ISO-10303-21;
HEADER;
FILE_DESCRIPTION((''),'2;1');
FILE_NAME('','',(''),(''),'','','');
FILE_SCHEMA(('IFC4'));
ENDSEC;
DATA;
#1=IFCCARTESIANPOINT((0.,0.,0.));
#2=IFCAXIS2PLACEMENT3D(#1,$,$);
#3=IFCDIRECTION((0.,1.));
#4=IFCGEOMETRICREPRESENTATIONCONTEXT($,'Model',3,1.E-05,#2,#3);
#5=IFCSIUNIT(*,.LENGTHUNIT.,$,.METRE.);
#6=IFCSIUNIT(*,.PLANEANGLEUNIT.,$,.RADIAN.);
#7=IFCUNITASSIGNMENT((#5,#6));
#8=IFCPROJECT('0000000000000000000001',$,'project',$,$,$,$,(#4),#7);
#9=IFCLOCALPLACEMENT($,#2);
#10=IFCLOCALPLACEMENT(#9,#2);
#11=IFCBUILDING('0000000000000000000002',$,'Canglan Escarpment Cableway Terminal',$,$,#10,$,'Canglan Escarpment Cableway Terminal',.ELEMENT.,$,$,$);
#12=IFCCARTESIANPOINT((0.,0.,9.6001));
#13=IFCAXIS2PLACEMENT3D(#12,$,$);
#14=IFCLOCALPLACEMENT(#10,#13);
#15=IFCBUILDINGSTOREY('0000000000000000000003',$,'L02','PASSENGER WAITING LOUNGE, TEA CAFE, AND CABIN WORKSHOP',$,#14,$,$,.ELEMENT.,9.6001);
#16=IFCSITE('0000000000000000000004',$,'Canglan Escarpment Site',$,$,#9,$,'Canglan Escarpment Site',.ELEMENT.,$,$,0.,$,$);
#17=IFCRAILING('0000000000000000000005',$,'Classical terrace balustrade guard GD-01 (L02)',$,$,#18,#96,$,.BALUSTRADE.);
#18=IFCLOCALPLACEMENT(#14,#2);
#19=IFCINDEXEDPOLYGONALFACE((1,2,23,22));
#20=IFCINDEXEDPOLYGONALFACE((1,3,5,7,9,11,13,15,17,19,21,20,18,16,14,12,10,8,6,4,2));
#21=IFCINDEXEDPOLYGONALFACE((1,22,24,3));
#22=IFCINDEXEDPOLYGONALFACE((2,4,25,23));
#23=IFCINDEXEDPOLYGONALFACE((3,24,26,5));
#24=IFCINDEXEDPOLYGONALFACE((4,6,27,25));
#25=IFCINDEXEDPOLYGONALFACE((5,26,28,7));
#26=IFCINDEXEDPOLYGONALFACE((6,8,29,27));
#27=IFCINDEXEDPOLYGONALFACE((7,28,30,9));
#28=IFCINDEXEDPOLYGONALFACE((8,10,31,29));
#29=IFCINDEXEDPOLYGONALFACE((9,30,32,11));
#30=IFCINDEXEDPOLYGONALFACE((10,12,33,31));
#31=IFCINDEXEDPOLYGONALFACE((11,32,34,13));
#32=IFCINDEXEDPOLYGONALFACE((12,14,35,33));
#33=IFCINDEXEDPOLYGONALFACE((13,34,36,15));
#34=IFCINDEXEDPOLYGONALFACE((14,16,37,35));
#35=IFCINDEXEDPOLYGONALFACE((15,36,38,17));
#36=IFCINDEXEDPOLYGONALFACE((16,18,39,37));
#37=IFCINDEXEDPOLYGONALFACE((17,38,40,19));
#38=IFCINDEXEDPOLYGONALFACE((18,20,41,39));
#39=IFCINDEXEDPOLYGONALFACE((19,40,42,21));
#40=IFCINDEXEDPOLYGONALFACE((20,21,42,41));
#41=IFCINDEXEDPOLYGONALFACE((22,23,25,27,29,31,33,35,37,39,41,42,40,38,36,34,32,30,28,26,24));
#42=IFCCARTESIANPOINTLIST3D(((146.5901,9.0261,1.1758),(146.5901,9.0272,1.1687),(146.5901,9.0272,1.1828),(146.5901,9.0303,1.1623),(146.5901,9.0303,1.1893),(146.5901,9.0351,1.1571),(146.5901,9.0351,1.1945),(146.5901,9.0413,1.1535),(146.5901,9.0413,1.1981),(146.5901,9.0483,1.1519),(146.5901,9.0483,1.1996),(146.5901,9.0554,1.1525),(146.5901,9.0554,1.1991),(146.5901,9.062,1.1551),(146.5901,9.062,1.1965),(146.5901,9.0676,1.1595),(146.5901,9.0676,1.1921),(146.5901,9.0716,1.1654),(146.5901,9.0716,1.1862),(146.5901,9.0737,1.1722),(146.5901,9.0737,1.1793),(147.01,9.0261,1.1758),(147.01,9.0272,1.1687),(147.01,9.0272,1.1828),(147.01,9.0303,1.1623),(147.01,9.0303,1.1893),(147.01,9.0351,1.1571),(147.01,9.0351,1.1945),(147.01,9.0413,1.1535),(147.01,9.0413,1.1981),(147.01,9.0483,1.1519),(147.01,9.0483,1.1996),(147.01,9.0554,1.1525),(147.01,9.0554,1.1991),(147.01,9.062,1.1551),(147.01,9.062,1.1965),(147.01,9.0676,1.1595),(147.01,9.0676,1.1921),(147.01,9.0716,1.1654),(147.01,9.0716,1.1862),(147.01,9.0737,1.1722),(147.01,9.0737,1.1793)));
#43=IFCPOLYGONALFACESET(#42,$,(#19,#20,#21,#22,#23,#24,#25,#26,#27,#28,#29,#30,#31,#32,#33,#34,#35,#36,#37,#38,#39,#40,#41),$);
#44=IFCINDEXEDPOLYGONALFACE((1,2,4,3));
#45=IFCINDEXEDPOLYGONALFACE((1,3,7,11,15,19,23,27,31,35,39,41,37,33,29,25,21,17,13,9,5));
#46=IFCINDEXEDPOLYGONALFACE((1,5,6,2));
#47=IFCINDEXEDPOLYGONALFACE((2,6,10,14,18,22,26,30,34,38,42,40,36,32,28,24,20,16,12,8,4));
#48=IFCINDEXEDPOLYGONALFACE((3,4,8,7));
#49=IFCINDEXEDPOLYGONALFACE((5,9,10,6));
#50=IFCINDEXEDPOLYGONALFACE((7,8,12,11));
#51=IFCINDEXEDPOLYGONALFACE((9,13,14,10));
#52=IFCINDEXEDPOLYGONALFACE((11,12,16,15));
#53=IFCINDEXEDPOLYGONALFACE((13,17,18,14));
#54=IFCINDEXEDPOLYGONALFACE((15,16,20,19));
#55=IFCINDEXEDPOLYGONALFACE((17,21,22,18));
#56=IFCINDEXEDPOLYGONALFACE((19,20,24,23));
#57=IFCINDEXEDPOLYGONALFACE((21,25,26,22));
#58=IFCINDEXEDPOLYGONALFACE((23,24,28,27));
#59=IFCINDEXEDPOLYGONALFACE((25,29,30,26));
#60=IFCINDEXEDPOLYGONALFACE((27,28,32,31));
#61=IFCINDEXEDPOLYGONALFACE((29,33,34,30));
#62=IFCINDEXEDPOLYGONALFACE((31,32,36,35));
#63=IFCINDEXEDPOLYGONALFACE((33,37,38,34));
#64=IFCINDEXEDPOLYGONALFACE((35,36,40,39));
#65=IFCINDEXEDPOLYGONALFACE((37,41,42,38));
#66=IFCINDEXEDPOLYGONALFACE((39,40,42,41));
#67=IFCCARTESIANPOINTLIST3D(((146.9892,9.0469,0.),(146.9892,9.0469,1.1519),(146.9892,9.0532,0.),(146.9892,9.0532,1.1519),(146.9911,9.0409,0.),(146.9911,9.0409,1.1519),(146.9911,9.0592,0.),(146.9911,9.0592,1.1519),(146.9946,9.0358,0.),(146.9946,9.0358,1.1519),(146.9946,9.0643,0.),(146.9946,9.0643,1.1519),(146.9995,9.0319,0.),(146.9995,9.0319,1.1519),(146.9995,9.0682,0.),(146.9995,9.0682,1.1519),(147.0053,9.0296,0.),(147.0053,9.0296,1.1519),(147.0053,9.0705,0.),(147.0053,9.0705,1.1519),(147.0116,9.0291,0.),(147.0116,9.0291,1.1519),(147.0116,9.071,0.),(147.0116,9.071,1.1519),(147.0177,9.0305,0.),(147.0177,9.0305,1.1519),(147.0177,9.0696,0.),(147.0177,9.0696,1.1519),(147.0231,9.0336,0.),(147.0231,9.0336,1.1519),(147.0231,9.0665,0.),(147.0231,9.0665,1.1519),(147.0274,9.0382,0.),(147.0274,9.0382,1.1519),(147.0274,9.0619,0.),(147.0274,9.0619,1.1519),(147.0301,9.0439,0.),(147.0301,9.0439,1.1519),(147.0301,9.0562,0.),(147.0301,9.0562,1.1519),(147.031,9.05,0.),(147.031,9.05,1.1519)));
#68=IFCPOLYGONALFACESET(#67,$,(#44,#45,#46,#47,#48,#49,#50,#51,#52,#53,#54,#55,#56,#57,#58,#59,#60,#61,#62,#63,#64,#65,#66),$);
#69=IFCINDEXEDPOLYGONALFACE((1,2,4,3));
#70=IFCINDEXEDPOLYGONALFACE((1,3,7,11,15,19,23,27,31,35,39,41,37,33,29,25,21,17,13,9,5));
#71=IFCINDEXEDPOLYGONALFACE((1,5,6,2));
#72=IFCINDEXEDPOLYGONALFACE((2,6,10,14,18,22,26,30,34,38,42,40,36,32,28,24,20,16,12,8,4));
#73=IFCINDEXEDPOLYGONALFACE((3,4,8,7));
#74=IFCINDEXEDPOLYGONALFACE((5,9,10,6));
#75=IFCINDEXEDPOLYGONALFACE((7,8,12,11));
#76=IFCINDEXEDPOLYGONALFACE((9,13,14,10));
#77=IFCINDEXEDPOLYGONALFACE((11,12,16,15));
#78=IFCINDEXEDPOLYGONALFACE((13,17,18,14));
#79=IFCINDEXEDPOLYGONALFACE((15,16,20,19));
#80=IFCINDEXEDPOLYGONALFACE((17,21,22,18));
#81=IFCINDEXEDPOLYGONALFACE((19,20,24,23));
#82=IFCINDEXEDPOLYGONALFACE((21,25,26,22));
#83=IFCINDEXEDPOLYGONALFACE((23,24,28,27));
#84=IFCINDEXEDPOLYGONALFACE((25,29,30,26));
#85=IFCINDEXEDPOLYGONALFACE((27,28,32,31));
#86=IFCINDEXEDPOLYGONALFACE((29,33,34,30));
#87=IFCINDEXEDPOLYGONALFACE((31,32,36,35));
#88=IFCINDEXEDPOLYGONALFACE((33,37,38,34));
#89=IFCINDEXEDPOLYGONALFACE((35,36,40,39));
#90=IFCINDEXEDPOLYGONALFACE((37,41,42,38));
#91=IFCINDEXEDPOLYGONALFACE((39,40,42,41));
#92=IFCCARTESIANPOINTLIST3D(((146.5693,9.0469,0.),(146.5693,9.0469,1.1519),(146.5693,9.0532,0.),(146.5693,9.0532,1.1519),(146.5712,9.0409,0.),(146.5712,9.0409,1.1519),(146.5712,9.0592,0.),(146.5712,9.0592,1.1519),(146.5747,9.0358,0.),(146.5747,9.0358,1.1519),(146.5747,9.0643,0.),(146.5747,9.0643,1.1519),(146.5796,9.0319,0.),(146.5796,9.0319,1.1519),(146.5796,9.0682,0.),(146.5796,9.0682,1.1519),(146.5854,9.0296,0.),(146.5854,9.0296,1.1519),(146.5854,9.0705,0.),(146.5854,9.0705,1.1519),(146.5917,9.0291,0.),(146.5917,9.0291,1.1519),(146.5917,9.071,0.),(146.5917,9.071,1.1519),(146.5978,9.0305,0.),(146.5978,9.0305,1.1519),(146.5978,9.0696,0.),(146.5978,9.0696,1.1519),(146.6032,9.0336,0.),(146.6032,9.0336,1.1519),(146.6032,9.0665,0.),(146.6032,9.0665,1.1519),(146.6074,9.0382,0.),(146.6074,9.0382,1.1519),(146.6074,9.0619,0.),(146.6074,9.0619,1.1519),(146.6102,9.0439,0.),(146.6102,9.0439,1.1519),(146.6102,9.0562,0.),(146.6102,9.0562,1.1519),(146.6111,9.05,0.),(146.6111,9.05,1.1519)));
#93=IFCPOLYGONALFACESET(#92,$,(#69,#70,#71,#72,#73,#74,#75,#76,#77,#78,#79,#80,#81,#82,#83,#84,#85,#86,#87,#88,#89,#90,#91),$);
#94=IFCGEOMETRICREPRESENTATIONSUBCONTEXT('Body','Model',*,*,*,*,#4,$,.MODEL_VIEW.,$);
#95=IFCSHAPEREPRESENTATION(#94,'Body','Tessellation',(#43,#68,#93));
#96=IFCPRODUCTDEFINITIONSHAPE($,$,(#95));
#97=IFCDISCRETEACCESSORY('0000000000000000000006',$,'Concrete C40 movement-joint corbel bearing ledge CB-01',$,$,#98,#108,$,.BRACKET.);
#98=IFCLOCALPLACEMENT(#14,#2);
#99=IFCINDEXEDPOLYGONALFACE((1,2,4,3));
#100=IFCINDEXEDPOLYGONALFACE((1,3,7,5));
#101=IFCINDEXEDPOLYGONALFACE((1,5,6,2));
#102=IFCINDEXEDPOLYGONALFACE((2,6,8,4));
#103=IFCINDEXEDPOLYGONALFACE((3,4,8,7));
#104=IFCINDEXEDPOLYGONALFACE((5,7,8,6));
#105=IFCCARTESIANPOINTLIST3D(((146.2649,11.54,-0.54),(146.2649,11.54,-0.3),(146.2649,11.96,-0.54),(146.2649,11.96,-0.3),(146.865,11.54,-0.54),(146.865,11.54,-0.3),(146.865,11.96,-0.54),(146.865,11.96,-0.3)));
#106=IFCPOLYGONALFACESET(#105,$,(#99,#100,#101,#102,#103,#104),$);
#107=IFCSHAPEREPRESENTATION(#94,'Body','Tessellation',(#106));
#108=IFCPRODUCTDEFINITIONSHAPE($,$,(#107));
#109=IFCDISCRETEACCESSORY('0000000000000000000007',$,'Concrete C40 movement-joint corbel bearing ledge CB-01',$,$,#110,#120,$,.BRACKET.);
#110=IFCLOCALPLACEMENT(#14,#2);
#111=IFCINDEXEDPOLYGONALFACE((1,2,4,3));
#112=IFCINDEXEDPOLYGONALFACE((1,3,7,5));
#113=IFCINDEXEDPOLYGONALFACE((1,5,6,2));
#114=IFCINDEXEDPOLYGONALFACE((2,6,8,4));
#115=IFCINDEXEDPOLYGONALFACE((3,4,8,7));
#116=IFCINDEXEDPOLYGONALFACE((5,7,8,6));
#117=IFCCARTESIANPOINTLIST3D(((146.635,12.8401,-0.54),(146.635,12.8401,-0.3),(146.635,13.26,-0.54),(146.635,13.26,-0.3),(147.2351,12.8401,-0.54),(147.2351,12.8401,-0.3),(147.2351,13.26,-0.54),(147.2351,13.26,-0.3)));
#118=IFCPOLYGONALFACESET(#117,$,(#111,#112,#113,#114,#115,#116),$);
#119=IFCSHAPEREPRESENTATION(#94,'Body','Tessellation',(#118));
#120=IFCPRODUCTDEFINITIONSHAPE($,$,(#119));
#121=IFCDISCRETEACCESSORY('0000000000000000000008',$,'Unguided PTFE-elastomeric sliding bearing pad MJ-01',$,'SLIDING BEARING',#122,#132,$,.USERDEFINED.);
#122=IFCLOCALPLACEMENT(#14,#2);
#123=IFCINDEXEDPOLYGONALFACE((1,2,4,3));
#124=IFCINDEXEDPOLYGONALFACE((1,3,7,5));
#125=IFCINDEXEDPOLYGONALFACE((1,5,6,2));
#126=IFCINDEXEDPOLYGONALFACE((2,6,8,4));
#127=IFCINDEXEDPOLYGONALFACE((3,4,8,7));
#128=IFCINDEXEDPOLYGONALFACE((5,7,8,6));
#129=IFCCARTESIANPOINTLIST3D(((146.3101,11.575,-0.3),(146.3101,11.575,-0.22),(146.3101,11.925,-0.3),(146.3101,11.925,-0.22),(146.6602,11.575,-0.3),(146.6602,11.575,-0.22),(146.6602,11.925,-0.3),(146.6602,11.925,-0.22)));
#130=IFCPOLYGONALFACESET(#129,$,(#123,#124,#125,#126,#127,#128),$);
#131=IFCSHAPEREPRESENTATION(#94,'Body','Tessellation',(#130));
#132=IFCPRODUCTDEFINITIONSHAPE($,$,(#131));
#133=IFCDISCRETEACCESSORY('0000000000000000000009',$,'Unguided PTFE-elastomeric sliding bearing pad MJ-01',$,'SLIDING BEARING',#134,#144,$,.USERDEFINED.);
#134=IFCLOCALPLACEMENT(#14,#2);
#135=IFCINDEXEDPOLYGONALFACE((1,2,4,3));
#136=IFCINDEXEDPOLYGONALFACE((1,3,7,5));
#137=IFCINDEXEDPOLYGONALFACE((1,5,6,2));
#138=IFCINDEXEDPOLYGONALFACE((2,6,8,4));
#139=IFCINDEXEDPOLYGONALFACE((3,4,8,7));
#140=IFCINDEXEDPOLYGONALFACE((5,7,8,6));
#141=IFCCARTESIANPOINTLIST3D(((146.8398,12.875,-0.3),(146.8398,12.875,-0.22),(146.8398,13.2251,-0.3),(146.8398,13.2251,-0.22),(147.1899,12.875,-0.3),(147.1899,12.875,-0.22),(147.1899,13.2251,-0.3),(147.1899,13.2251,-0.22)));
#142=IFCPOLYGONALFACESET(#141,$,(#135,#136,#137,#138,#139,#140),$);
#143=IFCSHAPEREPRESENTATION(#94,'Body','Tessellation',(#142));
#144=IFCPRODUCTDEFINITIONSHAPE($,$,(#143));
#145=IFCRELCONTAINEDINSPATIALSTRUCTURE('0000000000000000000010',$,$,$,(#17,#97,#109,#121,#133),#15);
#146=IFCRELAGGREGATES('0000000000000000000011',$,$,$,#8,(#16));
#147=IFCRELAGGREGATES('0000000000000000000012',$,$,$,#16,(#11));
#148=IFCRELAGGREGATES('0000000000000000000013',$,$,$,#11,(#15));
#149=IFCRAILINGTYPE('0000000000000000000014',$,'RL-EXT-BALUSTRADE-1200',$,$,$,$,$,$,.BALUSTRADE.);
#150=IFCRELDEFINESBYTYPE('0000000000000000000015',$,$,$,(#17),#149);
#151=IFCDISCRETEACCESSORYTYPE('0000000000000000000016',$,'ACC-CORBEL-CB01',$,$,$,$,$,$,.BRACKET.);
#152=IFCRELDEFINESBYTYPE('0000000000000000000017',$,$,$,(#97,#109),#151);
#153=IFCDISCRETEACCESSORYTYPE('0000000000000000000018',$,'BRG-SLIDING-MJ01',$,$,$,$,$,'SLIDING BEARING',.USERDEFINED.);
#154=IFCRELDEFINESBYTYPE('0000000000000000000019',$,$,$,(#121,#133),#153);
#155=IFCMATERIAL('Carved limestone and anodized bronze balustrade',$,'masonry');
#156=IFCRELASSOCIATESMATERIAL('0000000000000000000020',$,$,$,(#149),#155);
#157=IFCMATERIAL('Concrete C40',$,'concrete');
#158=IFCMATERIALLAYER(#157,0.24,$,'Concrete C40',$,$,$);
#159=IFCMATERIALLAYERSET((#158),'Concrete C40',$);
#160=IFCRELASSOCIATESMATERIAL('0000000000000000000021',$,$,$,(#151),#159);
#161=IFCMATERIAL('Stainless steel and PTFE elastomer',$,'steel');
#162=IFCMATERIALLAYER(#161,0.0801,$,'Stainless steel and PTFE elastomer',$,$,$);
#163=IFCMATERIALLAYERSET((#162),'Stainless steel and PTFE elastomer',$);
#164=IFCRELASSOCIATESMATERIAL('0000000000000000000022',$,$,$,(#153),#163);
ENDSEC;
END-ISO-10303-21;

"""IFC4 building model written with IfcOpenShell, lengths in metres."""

from ifc_helpers import new_model, si_unit, direction, frame, origin, origin_2d, place, context, subcontext, project, spatial, rectangle, circle, extrude, material, layer, layer_set, type_object, element, save


model = new_model("IFC4")

# Units and contexts
model_context = context("Model", 3, precision=1e-05, world=origin(), true_north=direction((0.0, 1.0)))
body_context = subcontext(model_context, "Body", "Model", "MODEL_VIEW")
ifc_project = project(units=[si_unit("LENGTHUNIT", "METRE"), si_unit("PLANEANGLEUNIT", "RADIAN")], contexts=[model_context])

# Site, building, storey
site_placement = place(None, origin())
site = spatial("IfcSite", under=ifc_project, at=site_placement, Name="Canglan Escarpment Site", LongName="Canglan Escarpment Site", CompositionType="ELEMENT", RefElevation=0.0)
building_placement = place(site_placement, origin())
building = spatial("IfcBuilding", under=site, at=building_placement, Name="Canglan Escarpment Cableway Terminal", LongName="Canglan Escarpment Cableway Terminal", CompositionType="ELEMENT")
storey_placement = place(building_placement, frame((0.0, 0.0, 9.6001)))
storey = spatial("IfcBuildingStorey", under=building, at=storey_placement, Name="L02", Description="PASSENGER WAITING LOUNGE, TEA CAFE, AND CABIN WORKSHOP", CompositionType="ELEMENT", Elevation=9.6001)

# Shared definitions
ifc_material_1 = material(Name="Concrete C40", Category="concrete")

# Railing
ifc_material_2 = material(Name="Carved limestone and anodized bronze balustrade", Category="masonry")
railing_type = type_object("IfcRailingType", Name="RL-EXT-BALUSTRADE-1200", PredefinedType="BALUSTRADE", material=ifc_material_2)
railing_1_placement = place(storey_placement, frame((147.01, 9.05, 0.0)))
element("IfcRailing", 1, at=railing_1_placement, inside=storey, type_object=railing_type, Name="Classical terrace balustrade guard GD-01 (L02)", PredefinedType="BALUSTRADE", context=body_context, shape_type="SweptSolid", body=[
    extrude(circle(Radius=0.0239, at=origin_2d()), frame((0.0, 0.0, 1.1758), z_axis=(-1.0, 0.0, 0.0), x_axis=(0.0, -1.0, 0.0)), (0.0, 0.0, 1.0), 0.4199),
    extrude(circle(Radius=0.021, at=origin_2d()), origin(), (0.0, 0.0, 1.0), 1.1519),
    extrude(circle(Radius=0.021, at=origin_2d()), frame((-0.4199, 0.0, 0.0)), (0.0, 0.0, 1.0), 1.1519),
])

# Discrete accessories
ifc_layer_1 = layer(ifc_material_1, 0.24, Name="Concrete C40")
ifc_layer_set_1 = layer_set([ifc_layer_1], Name="Concrete C40")
discrete_accessory_type_1 = type_object("IfcDiscreteAccessoryType", Name="ACC-CORBEL-CB01", PredefinedType="BRACKET", material=ifc_layer_set_1)
for number, where, z_axis, x_axis, name in (
    (2, (146.5649, 11.75, -0.54), (0.0, 0.0, 1.0), (1.0, 0.0, 0.0), "Concrete C40 movement-joint corbel bearing ledge CB-01"),
    (3, (146.9351, 13.05, -0.54), (0.0, 0.0, 1.0), (1.0, 0.0, 0.0), "Concrete C40 movement-joint corbel bearing ledge CB-01"),
):
    element("IfcDiscreteAccessory", number, at=place(storey_placement, frame(where, z_axis=z_axis, x_axis=x_axis)), inside=storey, type_object=discrete_accessory_type_1, Name=name, PredefinedType="BRACKET", context=body_context, shape_type="SweptSolid", body=[
        extrude(rectangle(XDim=0.6001, YDim=0.4199, at=origin_2d()), origin(), (0.0, 0.0, 1.0), 0.24),
    ])
ifc_material_3 = material(Name="Stainless steel and PTFE elastomer", Category="steel")
ifc_layer_2 = layer(ifc_material_3, 0.0801, Name="Stainless steel and PTFE elastomer")
ifc_layer_set_2 = layer_set([ifc_layer_2], Name="Stainless steel and PTFE elastomer")
discrete_accessory_type_2 = type_object("IfcDiscreteAccessoryType", Name="BRG-SLIDING-MJ01", ElementType="SLIDING BEARING", PredefinedType="USERDEFINED", material=ifc_layer_set_2)
for number, where, z_axis, x_axis, name in (
    (4, (146.4851, 11.75, -0.3), (0.0, 0.0, 1.0), (1.0, 0.0, 0.0), "Unguided PTFE-elastomeric sliding bearing pad MJ-01"),
    (5, (147.0149, 13.05, -0.3), (0.0, 0.0, 1.0), (1.0, 0.0, 0.0), "Unguided PTFE-elastomeric sliding bearing pad MJ-01"),
):
    element("IfcDiscreteAccessory", number, at=place(storey_placement, frame(where, z_axis=z_axis, x_axis=x_axis)), inside=storey, type_object=discrete_accessory_type_2, Name=name, ObjectType="SLIDING BEARING", PredefinedType="USERDEFINED", context=body_context, shape_type="SweptSolid", body=[
        extrude(rectangle(XDim=0.3501, YDim=0.3501, at=origin_2d()), origin(), (0.0, 0.0, 1.0), 0.0801),
    ])

save(model, "model.ifc")
